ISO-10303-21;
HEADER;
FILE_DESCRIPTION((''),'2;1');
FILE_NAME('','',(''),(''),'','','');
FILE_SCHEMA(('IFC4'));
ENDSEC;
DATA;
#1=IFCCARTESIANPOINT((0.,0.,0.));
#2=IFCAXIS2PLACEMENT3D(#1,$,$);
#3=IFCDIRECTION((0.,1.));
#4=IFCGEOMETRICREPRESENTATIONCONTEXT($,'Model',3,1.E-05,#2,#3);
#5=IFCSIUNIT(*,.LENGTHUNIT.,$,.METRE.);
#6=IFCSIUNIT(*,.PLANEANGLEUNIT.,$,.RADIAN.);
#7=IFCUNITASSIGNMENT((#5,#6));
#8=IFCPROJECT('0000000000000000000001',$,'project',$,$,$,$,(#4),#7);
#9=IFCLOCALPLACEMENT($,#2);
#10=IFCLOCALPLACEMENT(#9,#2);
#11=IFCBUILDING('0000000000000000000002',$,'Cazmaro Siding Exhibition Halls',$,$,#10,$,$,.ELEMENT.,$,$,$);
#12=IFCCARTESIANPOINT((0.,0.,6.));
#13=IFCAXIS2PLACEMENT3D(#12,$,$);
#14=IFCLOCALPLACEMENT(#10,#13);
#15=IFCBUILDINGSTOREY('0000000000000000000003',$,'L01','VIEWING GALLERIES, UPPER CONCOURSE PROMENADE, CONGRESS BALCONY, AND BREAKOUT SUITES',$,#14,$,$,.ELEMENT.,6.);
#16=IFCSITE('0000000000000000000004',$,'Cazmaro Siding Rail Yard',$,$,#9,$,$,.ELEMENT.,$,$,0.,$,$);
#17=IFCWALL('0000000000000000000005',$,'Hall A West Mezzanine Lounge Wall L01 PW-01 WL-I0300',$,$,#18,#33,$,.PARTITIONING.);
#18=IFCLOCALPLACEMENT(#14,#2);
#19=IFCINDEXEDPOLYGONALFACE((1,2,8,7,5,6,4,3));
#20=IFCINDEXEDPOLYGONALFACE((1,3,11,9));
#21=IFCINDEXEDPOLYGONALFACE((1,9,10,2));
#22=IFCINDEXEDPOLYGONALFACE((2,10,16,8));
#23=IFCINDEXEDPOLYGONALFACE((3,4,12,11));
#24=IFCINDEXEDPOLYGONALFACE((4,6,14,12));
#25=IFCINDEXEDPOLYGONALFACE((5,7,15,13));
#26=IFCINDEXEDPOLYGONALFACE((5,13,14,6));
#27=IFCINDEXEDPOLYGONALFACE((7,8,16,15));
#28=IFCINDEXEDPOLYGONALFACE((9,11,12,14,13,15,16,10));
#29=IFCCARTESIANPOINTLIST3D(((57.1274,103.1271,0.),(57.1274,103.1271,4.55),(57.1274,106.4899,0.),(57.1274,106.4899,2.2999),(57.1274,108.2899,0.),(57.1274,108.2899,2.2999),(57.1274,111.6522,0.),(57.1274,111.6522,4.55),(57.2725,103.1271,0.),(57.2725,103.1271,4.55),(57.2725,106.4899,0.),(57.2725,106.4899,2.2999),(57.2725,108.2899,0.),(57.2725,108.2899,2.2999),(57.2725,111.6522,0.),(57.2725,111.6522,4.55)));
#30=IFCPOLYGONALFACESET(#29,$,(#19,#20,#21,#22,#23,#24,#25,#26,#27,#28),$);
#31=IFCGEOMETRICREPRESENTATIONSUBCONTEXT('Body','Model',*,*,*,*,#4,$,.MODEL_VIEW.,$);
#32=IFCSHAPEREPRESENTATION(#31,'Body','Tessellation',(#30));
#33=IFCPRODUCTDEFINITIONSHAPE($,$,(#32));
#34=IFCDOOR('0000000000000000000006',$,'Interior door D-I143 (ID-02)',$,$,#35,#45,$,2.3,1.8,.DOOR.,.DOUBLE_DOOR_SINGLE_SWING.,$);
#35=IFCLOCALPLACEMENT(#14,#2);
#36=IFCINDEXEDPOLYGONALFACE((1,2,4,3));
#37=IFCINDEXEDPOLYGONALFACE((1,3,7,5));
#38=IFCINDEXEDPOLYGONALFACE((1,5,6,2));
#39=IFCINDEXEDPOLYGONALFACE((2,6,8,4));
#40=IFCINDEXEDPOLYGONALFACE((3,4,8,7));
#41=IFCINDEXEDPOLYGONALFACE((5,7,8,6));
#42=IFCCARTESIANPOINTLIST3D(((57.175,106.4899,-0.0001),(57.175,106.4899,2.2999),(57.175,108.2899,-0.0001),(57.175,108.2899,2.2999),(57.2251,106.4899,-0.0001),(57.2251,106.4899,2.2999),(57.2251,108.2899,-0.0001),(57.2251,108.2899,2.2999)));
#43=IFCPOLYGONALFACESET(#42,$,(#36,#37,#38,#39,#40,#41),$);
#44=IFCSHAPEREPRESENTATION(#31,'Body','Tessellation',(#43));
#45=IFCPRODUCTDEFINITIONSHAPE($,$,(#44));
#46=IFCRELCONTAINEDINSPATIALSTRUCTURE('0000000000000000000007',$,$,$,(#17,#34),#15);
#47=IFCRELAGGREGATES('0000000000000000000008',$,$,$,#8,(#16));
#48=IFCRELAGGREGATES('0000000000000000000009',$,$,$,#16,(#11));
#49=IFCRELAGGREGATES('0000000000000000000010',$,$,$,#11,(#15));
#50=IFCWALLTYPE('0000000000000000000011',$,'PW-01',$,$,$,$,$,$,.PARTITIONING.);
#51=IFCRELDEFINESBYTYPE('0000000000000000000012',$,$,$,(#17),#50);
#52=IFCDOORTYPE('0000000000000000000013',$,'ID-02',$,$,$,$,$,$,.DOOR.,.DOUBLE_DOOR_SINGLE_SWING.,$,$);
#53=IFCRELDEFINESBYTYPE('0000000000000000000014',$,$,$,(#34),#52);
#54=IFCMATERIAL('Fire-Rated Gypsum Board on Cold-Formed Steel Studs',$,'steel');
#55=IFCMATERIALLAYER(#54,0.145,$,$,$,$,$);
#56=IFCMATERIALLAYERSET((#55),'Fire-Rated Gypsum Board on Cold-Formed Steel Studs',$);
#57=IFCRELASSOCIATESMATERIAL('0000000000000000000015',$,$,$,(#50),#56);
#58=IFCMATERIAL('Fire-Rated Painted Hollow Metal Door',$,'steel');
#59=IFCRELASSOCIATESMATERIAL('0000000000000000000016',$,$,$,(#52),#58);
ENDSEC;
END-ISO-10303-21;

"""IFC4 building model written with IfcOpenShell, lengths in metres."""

from ifc_helpers import new_model, si_unit, direction, frame, frame_2d, origin, place, context, subcontext, project, spatial, rectangle, extrude, material, layer, layer_set, type_object, element, fill, save


model = new_model("IFC4")

# Units and contexts
model_context = context("Model", 3, precision=1e-05, world=origin(), true_north=direction((0.0, 1.0)))
body_context = subcontext(model_context, "Body", "Model", "MODEL_VIEW")
ifc_project = project(units=[si_unit("LENGTHUNIT", "METRE"), si_unit("PLANEANGLEUNIT", "RADIAN")], contexts=[model_context])

# Site, building, storey
site_placement = place(None, origin())
site = spatial("IfcSite", under=ifc_project, at=site_placement, Name="Cazmaro Siding Rail Yard", CompositionType="ELEMENT", RefElevation=0.0)
building_placement = place(site_placement, origin())
building = spatial("IfcBuilding", under=site, at=building_placement, Name="Cazmaro Siding Exhibition Halls", CompositionType="ELEMENT")
storey_placement = place(building_placement, frame((0.0, 0.0, 6.0)))
storey = spatial("IfcBuildingStorey", under=building, at=storey_placement, Name="L01", Description="VIEWING GALLERIES, UPPER CONCOURSE PROMENADE, CONGRESS BALCONY, AND BREAKOUT SUITES", CompositionType="ELEMENT", Elevation=6.0)

# Wall, opening, door
ifc_material_1 = material(Name="Fire-Rated Gypsum Board on Cold-Formed Steel Studs", Category="steel")
ifc_layer_1 = layer(ifc_material_1, 0.145)
ifc_layer_set_1 = layer_set([ifc_layer_1], Name="Fire-Rated Gypsum Board on Cold-Formed Steel Studs")
wall_type = type_object("IfcWallType", Name="PW-01", PredefinedType="PARTITIONING", material=ifc_layer_set_1)
wall_placement = place(storey_placement, frame((57.2, 103.127, 0.0), z_axis=(0.0, 0.0, 1.0), x_axis=(0.0, 1.0, 0.0)))
wall = element("IfcWall", 1, at=wall_placement, inside=storey, type_object=wall_type, Name="Hall A West Mezzanine Lounge Wall L01 PW-01 WL-I0300", PredefinedType="PARTITIONING", context=body_context, shape_type="SweptSolid", body=[
    extrude(rectangle(XDim=8.5251, YDim=0.145, at=frame_2d((4.2627, 0.0))), origin(), (0.0, 0.0, 1.0), 4.55),
])
opening_placement = place(wall_placement, frame((3.363, 0.0, 0.0)))
opening = element("IfcOpeningElement", 2, at=opening_placement, cuts=wall, PredefinedType="OPENING", context=body_context, shape_type="SweptSolid", body=[
    extrude(rectangle(XDim=1.8, YDim=2.3, at=frame_2d((0.8999, 1.1499))), frame((0.0, 0.0825, 0.0), z_axis=(0.0, -1.0, 0.0), x_axis=(1.0, 0.0, 0.0)), (0.0, 0.0, 1.0), 0.165),
])
ifc_material_2 = material(Name="Fire-Rated Painted Hollow Metal Door", Category="steel")
door_type = type_object("IfcDoorType", Name="ID-02", OperationType="DOUBLE_DOOR_SINGLE_SWING", PredefinedType="DOOR", material=ifc_material_2)
door_placement = place(opening_placement, origin())
door = element("IfcDoor", 3, at=door_placement, inside=storey, type_object=door_type, Name="Interior door D-I143 (ID-02)", OperationType="DOUBLE_DOOR_SINGLE_SWING", OverallHeight=2.3, OverallWidth=1.8, PredefinedType="DOOR", context=body_context, shape_type="SweptSolid", body=[
    extrude(rectangle(XDim=1.8, YDim=2.3, at=frame_2d((0.8999, 1.1499))), frame((0.0, 0.0249, 0.0), z_axis=(0.0, -1.0, 0.0), x_axis=(1.0, 0.0, 0.0)), (0.0, 0.0, 1.0), 0.05),
])
fill(opening, door)

save(model, "model.ifc")
